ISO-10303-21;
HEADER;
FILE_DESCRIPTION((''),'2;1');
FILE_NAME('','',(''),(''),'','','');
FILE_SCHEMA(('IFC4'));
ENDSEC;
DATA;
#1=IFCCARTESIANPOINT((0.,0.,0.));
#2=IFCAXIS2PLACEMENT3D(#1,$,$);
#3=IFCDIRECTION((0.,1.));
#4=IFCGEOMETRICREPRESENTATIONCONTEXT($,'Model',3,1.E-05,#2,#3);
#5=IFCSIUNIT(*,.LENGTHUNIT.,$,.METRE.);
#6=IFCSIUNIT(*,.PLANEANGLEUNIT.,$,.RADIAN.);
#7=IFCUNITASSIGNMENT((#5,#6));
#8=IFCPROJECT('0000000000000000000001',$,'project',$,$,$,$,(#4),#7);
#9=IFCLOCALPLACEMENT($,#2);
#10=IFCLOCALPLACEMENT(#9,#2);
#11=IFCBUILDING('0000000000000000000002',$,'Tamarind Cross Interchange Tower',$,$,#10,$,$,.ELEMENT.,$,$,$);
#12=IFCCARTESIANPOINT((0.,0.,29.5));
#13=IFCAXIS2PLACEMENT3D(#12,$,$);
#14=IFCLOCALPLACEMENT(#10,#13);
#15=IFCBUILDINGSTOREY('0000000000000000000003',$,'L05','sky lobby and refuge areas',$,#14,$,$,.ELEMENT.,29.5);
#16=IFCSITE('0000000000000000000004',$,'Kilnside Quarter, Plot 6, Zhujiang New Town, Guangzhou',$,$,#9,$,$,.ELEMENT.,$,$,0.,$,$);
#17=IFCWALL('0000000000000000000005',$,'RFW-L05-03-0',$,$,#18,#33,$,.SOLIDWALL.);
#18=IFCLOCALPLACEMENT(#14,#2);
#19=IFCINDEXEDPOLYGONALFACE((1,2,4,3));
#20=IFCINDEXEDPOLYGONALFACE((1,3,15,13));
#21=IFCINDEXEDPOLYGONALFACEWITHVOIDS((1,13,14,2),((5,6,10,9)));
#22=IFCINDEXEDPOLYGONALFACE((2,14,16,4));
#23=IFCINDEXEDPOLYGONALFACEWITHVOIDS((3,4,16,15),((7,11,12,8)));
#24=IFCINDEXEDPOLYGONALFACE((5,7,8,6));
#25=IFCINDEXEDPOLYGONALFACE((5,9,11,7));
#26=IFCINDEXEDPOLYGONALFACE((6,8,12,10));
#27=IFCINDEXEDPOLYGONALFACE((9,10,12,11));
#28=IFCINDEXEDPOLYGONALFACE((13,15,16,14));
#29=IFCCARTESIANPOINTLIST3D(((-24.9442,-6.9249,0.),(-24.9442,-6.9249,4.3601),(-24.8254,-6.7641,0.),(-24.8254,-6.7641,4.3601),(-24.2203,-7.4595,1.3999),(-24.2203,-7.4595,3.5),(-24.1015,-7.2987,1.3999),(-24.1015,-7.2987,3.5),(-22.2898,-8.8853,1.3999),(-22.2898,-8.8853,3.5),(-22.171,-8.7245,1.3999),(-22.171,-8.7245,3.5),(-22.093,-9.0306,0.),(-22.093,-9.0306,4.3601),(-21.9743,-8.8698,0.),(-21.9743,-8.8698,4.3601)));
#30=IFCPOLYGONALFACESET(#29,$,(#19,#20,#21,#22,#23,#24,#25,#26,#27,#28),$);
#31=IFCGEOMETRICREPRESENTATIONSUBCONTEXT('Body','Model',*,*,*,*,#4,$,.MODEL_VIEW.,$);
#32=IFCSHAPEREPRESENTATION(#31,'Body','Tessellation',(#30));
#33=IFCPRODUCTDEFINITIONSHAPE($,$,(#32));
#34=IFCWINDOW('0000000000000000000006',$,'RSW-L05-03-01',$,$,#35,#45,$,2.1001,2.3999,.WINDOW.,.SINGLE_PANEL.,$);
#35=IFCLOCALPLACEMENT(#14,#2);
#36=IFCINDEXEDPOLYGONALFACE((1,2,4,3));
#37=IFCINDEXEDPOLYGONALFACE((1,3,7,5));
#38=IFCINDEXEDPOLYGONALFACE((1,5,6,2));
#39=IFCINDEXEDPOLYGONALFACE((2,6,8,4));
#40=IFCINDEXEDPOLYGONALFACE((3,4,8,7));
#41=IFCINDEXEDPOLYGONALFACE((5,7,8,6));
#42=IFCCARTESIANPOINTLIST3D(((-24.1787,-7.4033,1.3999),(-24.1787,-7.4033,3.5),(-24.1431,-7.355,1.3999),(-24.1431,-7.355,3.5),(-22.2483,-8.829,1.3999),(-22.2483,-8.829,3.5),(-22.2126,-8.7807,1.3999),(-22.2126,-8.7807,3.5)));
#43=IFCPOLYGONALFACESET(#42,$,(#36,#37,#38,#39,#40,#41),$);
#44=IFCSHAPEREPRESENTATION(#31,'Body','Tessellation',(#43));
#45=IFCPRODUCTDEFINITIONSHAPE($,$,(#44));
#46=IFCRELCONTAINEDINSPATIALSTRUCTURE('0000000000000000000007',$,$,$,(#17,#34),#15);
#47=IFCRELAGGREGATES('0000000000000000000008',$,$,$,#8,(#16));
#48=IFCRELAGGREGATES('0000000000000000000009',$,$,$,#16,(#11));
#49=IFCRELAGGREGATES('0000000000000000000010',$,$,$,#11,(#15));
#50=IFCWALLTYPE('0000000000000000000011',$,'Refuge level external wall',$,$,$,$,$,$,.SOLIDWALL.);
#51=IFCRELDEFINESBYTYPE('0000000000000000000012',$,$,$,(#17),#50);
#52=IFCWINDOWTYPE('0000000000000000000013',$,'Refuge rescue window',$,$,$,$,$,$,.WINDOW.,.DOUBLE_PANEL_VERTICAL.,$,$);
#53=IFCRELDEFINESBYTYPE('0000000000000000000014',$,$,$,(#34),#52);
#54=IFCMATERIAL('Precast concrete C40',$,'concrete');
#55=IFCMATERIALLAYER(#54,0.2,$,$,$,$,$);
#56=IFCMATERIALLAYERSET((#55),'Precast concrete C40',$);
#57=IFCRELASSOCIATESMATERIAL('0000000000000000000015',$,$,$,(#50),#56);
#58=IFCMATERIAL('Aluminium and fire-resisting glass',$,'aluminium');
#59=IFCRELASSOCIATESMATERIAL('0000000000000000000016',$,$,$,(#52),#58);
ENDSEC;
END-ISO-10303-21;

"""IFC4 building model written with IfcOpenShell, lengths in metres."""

from ifc_helpers import new_model, si_unit, direction, frame, frame_2d, origin, place, context, subcontext, project, spatial, rectangle, extrude, material, layer, layer_set, type_object, element, fill, save


model = new_model("IFC4")

# Units and contexts
model_context = context("Model", 3, precision=1e-05, world=origin(), true_north=direction((0.0, 1.0)))
body_context = subcontext(model_context, "Body", "Model", "MODEL_VIEW")
ifc_project = project(units=[si_unit("LENGTHUNIT", "METRE"), si_unit("PLANEANGLEUNIT", "RADIAN")], contexts=[model_context])

# Site, building, storey
site_placement = place(None, origin())
site = spatial("IfcSite", under=ifc_project, at=site_placement, Name="Kilnside Quarter, Plot 6, Zhujiang New Town, Guangzhou", CompositionType="ELEMENT", RefElevation=0.0)
building_placement = place(site_placement, origin())
building = spatial("IfcBuilding", under=site, at=building_placement, Name="Tamarind Cross Interchange Tower", CompositionType="ELEMENT")
storey_placement = place(building_placement, frame((0.0, 0.0, 29.5)))
storey = spatial("IfcBuildingStorey", under=building, at=storey_placement, Name="L05", Description="sky lobby and refuge areas", CompositionType="ELEMENT", Elevation=29.5)

# Wall, opening, window
ifc_material_1 = material(Name="Precast concrete C40", Category="concrete")
ifc_layer_1 = layer(ifc_material_1, 0.2)
ifc_layer_set_1 = layer_set([ifc_layer_1], Name="Precast concrete C40")
wall_type_1 = type_object("IfcWallType", Name="Refuge level external wall", PredefinedType="SOLIDWALL", material=ifc_layer_set_1)
wall_1_placement = place(storey_placement, frame((-24.8848, -6.8445, 0.0), z_axis=(0.0, 0.0, 1.0), x_axis=(0.804392, -0.594099, 0.0)))
wall_1 = element("IfcWall", 1, at=wall_1_placement, inside=storey, type_object=wall_type_1, Name="RFW-L05-03-0", PredefinedType="SOLIDWALL", context=body_context, shape_type="SweptSolid", body=[
    extrude(rectangle(XDim=3.5444, YDim=0.2, at=frame_2d((1.7722, 0.0))), origin(), (0.0, 0.0, 1.0), 4.3601),
])
opening_1_placement = place(wall_1_placement, frame((0.8999, 0.0, 1.3999)))
opening_1 = element("IfcOpeningElement", 2, at=opening_1_placement, cuts=wall_1, PredefinedType="OPENING", context=body_context, shape_type="SweptSolid", body=[
    extrude(rectangle(XDim=2.3999, YDim=2.1001, at=frame_2d((1.2, 1.05))), frame((0.0, 0.1099, 0.0), z_axis=(0.0, -1.0, 0.0), x_axis=(1.0, 0.0, 0.0)), (0.0, 0.0, 1.0), 0.22),
])
ifc_material_2 = material(Name="Aluminium and fire-resisting glass", Category="aluminium")
window_type = type_object("IfcWindowType", Name="Refuge rescue window", PartitioningType="DOUBLE_PANEL_VERTICAL", PredefinedType="WINDOW", material=ifc_material_2)
window_placement = place(opening_1_placement, origin())
window = element("IfcWindow", 3, at=window_placement, inside=storey, type_object=window_type, Name="RSW-L05-03-01", OverallHeight=2.1001, OverallWidth=2.3999, PartitioningType="SINGLE_PANEL", PredefinedType="WINDOW", context=body_context, shape_type="SweptSolid", body=[
    extrude(rectangle(XDim=2.3999, YDim=2.1001, at=frame_2d((1.2, 1.05))), frame((0.0, 0.03, 0.0), z_axis=(0.0, -1.0, 0.0), x_axis=(1.0, 0.0, 0.0)), (0.0, 0.0, 1.0), 0.0601),
])
fill(opening_1, window)

save(model, "model.ifc")
